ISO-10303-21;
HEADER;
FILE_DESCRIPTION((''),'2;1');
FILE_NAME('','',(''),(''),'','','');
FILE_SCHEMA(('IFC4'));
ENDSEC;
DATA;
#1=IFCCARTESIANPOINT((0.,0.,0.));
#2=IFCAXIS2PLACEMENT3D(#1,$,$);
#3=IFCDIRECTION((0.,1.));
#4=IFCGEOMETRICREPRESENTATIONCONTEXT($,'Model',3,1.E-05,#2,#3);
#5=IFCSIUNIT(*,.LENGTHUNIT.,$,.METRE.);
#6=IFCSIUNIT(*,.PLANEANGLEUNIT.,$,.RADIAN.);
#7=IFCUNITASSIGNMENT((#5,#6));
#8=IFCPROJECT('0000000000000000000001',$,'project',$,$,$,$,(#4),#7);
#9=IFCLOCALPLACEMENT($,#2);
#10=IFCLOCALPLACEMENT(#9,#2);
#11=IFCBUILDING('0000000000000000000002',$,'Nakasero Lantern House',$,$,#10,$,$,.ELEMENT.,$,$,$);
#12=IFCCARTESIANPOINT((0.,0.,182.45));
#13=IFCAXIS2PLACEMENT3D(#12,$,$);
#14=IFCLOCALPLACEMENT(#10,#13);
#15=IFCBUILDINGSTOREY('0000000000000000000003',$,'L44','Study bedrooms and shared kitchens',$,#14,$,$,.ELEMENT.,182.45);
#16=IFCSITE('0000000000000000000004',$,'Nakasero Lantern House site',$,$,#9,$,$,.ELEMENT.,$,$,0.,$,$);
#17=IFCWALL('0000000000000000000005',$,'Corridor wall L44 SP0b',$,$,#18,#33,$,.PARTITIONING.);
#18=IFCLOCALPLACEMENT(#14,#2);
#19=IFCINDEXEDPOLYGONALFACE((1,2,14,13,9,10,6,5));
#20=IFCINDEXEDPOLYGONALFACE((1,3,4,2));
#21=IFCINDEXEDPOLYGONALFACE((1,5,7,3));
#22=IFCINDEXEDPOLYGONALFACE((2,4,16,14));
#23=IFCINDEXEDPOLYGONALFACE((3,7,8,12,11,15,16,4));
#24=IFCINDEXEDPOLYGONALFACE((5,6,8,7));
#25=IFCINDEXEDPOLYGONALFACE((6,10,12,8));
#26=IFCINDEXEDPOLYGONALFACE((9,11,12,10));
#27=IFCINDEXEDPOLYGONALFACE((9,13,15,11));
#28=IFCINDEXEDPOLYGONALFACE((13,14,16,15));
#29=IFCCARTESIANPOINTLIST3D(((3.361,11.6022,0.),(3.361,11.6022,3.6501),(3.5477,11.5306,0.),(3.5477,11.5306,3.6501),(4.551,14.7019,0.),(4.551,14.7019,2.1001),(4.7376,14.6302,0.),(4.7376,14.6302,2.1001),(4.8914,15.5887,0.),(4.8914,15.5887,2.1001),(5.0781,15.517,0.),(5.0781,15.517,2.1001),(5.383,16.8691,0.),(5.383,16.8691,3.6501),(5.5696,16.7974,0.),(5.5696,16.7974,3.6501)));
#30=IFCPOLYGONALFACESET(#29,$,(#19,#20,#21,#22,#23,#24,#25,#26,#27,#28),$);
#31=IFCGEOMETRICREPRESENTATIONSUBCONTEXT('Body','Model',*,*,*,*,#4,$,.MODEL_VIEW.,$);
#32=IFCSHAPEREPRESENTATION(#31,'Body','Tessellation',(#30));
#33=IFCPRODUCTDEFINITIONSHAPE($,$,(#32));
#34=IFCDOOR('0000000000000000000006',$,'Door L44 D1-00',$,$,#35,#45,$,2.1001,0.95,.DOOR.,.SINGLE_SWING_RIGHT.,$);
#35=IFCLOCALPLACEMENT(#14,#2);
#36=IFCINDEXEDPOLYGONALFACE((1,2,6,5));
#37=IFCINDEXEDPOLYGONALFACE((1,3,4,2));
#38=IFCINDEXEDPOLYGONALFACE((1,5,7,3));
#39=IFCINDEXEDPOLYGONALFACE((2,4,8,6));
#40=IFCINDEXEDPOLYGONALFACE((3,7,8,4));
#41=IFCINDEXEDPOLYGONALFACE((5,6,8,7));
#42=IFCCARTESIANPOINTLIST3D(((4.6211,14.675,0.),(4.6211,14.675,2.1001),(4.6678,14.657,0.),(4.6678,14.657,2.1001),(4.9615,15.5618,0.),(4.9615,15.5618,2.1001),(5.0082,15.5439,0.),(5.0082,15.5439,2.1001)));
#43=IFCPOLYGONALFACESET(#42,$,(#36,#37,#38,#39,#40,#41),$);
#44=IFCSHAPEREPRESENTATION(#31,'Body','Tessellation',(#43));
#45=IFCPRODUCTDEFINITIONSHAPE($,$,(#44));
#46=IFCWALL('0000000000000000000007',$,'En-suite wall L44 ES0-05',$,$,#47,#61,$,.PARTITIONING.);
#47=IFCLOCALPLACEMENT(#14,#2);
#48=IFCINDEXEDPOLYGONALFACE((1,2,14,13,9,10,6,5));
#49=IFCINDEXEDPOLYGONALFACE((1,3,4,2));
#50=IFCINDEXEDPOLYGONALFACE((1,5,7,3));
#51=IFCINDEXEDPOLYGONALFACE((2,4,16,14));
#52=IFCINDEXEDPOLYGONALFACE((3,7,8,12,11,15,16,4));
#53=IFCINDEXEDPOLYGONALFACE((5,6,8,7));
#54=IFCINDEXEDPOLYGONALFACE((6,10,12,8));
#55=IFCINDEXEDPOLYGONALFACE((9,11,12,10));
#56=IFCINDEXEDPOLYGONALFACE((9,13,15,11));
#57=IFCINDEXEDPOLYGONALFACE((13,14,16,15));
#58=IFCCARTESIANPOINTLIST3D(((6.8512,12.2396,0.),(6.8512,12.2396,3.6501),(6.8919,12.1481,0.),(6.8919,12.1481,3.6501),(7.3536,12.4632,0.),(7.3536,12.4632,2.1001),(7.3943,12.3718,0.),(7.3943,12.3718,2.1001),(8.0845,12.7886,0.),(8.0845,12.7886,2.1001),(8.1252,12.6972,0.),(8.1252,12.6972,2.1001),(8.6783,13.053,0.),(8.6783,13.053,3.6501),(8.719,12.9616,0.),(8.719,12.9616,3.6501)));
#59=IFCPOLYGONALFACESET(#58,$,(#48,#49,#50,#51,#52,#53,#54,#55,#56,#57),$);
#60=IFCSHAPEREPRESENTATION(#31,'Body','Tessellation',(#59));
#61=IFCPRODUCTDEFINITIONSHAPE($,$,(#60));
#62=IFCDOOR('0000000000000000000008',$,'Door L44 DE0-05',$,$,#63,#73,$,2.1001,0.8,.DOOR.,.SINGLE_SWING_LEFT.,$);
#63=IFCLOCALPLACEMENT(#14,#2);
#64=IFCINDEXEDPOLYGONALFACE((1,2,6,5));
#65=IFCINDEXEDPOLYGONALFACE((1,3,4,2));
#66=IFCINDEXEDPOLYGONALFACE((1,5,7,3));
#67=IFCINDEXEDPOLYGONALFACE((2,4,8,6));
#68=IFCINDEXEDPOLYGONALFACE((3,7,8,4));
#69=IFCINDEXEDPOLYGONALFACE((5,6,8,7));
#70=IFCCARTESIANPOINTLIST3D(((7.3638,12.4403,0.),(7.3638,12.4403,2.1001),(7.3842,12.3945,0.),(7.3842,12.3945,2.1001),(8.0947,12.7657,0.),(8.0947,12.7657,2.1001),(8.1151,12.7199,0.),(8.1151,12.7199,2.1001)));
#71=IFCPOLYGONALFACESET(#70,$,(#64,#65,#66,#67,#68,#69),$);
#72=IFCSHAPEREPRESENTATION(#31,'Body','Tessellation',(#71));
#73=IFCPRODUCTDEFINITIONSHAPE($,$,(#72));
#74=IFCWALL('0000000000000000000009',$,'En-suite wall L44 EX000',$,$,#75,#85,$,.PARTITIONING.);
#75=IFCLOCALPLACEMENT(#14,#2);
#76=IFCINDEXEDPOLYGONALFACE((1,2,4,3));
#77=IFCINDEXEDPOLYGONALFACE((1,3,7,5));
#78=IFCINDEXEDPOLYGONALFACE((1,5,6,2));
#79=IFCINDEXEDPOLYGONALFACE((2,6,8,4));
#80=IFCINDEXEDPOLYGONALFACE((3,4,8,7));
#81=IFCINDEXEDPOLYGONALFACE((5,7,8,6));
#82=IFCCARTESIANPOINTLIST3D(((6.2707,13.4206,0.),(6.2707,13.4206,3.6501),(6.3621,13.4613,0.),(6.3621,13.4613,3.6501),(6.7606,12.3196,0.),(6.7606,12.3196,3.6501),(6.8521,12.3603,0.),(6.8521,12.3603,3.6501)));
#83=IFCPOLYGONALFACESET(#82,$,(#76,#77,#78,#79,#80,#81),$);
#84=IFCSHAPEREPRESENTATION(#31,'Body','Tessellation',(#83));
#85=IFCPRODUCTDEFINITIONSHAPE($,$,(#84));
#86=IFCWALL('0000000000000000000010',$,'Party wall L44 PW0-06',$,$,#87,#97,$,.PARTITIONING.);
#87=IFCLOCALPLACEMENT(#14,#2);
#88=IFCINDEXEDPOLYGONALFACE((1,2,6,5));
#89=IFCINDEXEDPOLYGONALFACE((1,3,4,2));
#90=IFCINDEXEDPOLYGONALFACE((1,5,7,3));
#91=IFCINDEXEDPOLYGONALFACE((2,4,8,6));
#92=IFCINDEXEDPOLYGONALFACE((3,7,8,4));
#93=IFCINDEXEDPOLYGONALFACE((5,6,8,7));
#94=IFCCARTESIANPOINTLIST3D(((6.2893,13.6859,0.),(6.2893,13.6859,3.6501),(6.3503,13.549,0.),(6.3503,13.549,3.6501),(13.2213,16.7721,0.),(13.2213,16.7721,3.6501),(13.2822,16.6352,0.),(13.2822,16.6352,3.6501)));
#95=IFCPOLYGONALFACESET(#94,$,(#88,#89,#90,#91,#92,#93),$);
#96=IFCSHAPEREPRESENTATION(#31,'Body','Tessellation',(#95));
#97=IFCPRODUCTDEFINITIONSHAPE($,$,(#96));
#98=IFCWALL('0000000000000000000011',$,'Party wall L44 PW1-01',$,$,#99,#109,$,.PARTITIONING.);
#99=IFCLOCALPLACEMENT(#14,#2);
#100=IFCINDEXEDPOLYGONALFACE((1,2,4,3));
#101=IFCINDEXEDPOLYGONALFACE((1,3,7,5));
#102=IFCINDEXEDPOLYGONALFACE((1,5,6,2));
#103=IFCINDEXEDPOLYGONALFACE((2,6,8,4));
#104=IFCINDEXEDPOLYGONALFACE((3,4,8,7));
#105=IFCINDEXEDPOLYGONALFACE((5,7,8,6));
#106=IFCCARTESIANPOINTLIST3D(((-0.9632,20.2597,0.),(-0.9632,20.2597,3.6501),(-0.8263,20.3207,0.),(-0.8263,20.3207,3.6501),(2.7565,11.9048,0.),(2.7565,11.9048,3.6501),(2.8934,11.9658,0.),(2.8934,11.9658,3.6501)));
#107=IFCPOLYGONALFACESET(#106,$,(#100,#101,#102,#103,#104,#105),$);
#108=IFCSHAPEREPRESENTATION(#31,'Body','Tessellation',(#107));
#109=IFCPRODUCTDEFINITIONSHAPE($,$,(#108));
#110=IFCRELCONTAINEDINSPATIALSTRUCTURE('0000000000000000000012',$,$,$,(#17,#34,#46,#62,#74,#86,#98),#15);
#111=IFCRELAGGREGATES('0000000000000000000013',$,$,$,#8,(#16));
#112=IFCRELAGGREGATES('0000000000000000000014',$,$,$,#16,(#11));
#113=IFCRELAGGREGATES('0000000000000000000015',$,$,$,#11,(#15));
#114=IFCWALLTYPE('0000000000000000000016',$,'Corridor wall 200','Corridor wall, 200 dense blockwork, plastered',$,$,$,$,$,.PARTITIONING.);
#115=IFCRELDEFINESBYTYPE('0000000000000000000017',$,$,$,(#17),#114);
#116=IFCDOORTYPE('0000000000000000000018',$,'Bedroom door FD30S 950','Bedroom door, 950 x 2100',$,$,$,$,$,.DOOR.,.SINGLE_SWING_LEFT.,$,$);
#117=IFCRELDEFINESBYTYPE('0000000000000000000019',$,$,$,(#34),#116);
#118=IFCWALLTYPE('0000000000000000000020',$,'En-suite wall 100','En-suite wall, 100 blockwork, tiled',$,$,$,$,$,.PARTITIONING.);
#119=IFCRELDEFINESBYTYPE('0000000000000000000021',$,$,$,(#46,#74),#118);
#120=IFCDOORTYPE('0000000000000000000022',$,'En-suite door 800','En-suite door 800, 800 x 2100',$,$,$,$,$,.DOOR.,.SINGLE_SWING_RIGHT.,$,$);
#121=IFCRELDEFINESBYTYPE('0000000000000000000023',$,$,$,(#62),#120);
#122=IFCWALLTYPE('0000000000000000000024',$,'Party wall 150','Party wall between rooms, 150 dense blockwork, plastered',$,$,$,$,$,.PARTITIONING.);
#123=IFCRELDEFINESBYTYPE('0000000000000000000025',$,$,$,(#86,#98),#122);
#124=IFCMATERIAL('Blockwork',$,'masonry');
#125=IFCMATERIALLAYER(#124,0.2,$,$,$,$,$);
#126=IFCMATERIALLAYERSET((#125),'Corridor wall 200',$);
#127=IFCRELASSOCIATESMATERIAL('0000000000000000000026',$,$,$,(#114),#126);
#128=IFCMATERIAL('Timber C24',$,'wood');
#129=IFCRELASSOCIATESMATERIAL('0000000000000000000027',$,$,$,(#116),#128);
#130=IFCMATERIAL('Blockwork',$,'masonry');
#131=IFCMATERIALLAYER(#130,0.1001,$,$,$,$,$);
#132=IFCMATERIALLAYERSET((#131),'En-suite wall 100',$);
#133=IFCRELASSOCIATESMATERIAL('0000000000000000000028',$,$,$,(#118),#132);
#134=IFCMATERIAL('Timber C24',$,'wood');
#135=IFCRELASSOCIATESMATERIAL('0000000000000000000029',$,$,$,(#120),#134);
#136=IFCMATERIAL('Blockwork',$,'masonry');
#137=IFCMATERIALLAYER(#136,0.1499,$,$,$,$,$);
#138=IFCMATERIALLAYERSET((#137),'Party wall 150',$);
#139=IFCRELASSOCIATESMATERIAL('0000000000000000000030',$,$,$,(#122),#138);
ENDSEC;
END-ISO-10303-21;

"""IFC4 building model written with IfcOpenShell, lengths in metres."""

from ifc_helpers import new_model, si_unit, direction, frame, frame_2d, origin, place, context, subcontext, project, spatial, rectangle, extrude, material, layer, layer_set, type_object, element, fill, save


model = new_model("IFC4")

# Units and contexts
model_context = context("Model", 3, precision=1e-05, world=origin(), true_north=direction((0.0, 1.0)))
body_context = subcontext(model_context, "Body", "Model", "MODEL_VIEW")
ifc_project = project(units=[si_unit("LENGTHUNIT", "METRE"), si_unit("PLANEANGLEUNIT", "RADIAN")], contexts=[model_context])

# Site, building, storey
site_placement = place(None, origin())
site = spatial("IfcSite", under=ifc_project, at=site_placement, Name="Nakasero Lantern House site", CompositionType="ELEMENT", RefElevation=0.0)
building_placement = place(site_placement, origin())
building = spatial("IfcBuilding", under=site, at=building_placement, Name="Nakasero Lantern House", CompositionType="ELEMENT")
storey_placement = place(building_placement, frame((0.0, 0.0, 182.45)))
storey = spatial("IfcBuildingStorey", under=building, at=storey_placement, Name="L44", Description="Study bedrooms and shared kitchens", CompositionType="ELEMENT", Elevation=182.45)

# Shared definitions
ifc_material_1 = material(Name="Blockwork", Category="masonry")
ifc_layer_1 = layer(ifc_material_1, 0.2)
ifc_layer_set_1 = layer_set([ifc_layer_1], Name="Corridor wall 200")
wall_type_1 = type_object("IfcWallType", Name="Corridor wall 200", Description="Corridor wall, 200 dense blockwork, plastered", PredefinedType="PARTITIONING", material=ifc_layer_set_1)

# Walls, openings, doors
ifc_material_2 = material(Name="Timber C24", Category="wood")
door_type_1 = type_object("IfcDoorType", Name="Bedroom door FD30S 950", Description="Bedroom door, 950 x 2100", OperationType="SINGLE_SWING_LEFT", PredefinedType="DOOR", material=ifc_material_2)
wall_1_placement = place(storey_placement, frame((3.4543, 11.5664, 0.0), z_axis=(0.0, 0.0, 1.0), x_axis=(0.358402, 0.933567, 0.0)))
wall_1 = element("IfcWall", 1, at=wall_1_placement, inside=storey, type_object=wall_type_1, Name="Corridor wall L44 SP0b", PredefinedType="PARTITIONING", context=body_context, shape_type="SweptSolid", body=[
    extrude(rectangle(XDim=5.6416, YDim=0.2, at=frame_2d((2.8208, 0.0))), origin(), (0.0, 0.0, 1.0), 3.6501),
])
opening_1_placement = place(wall_1_placement, frame((3.3201, 0.0, 0.0)))
opening_1 = element("IfcOpeningElement", 2, at=opening_1_placement, cuts=wall_1, PredefinedType="OPENING", context=body_context, shape_type="SweptSolid", body=[
    extrude(rectangle(XDim=0.95, YDim=2.1001, at=frame_2d((0.4751, 1.05))), frame((0.0, 0.1199, 0.0), z_axis=(0.0, -1.0, 0.0), x_axis=(1.0, 0.0, 0.0)), (0.0, 0.0, 1.0), 0.24),
])
door_1_placement = place(opening_1_placement, origin())
door_1 = element("IfcDoor", 3, at=door_1_placement, inside=storey, type_object=door_type_1, Name="Door L44 D1-00", OperationType="SINGLE_SWING_RIGHT", OverallHeight=2.1001, OverallWidth=0.95, PredefinedType="DOOR", context=body_context, shape_type="SweptSolid", body=[
    extrude(rectangle(XDim=0.95, YDim=2.1001, at=frame_2d((0.4751, 1.05))), frame((0.0, 0.0249, 0.0), z_axis=(0.0, -1.0, 0.0), x_axis=(1.0, 0.0, 0.0)), (0.0, 0.0, 1.0), 0.05),
])
fill(opening_1, door_1)
ifc_material_3 = material(Name="Blockwork", Category="masonry")
ifc_layer_2 = layer(ifc_material_3, 0.1001)
ifc_layer_set_2 = layer_set([ifc_layer_2], Name="En-suite wall 100")
wall_type_2 = type_object("IfcWallType", Name="En-suite wall 100", Description="En-suite wall, 100 blockwork, tiled", PredefinedType="PARTITIONING", material=ifc_layer_set_2)
wall_2_placement = place(storey_placement, frame((6.8716, 12.1938, 0.0), z_axis=(0.0, 0.0, 1.0), x_axis=(0.91355, 0.406727, 0.0)))
wall_2 = element("IfcWall", 4, at=wall_2_placement, inside=storey, type_object=wall_type_2, Name="En-suite wall L44 ES0-05", PredefinedType="PARTITIONING", context=body_context, shape_type="SweptSolid", body=[
    extrude(rectangle(XDim=2.0, YDim=0.1001, at=frame_2d((1.0, 0.0))), origin(), (0.0, 0.0, 1.0), 3.6501),
])
opening_2_placement = place(wall_2_placement, frame((0.55, 0.0, 0.0)))
opening_2 = element("IfcOpeningElement", 5, at=opening_2_placement, cuts=wall_2, PredefinedType="OPENING", context=body_context, shape_type="SweptSolid", body=[
    extrude(rectangle(XDim=0.8, YDim=2.1001, at=frame_2d((0.3999, 1.05))), frame((0.0, 0.0701, 0.0), z_axis=(0.0, -1.0, 0.0), x_axis=(1.0, 0.0, 0.0)), (0.0, 0.0, 1.0), 0.1401),
])
ifc_material_4 = material(Name="Timber C24", Category="wood")
door_type_2 = type_object("IfcDoorType", Name="En-suite door 800", Description="En-suite door 800, 800 x 2100", OperationType="SINGLE_SWING_RIGHT", PredefinedType="DOOR", material=ifc_material_4)
door_2_placement = place(opening_2_placement, origin())
door_2 = element("IfcDoor", 6, at=door_2_placement, inside=storey, type_object=door_type_2, Name="Door L44 DE0-05", OperationType="SINGLE_SWING_LEFT", OverallHeight=2.1001, OverallWidth=0.8, PredefinedType="DOOR", context=body_context, shape_type="SweptSolid", body=[
    extrude(rectangle(XDim=0.8, YDim=2.1001, at=frame_2d((0.3999, 1.05))), frame((0.0, 0.0249, 0.0), z_axis=(0.0, -1.0, 0.0), x_axis=(1.0, 0.0, 0.0)), (0.0, 0.0, 1.0), 0.05),
])
fill(opening_2, door_2)

# Walls
wall_3_placement = place(storey_placement, frame((6.3164, 13.4409, 0.0), z_axis=(0.0, 0.0, 1.0), x_axis=(0.406571, -0.913619, 0.0)))
element("IfcWall", 7, at=wall_3_placement, inside=storey, type_object=wall_type_2, Name="En-suite wall L44 EX000", PredefinedType="PARTITIONING", context=body_context, shape_type="SweptSolid", body=[
    extrude(rectangle(XDim=1.2051, YDim=0.1001, at=frame_2d((0.6025, 0.0))), origin(), (0.0, 0.0, 1.0), 3.6501),
])
ifc_material_5 = material(Name="Blockwork", Category="masonry")
ifc_layer_3 = layer(ifc_material_5, 0.1499)
ifc_layer_set_3 = layer_set([ifc_layer_3], Name="Party wall 150")
wall_type_3 = type_object("IfcWallType", Name="Party wall 150", Description="Party wall between rooms, 150 dense blockwork, plastered", PredefinedType="PARTITIONING", material=ifc_layer_set_3)
wall_4_placement = place(storey_placement, frame((6.3198, 13.6174, 0.0), z_axis=(0.0, 0.0, 1.0), x_axis=(0.91355, 0.406726, 0.0)))
element("IfcWall", 8, at=wall_4_placement, inside=storey, type_object=wall_type_3, Name="Party wall L44 PW0-06", PredefinedType="PARTITIONING", context=body_context, shape_type="SweptSolid", body=[
    extrude(rectangle(XDim=7.5879, YDim=0.1499, at=frame_2d((3.7939, 0.0))), origin(), (0.0, 0.0, 1.0), 3.6501),
])
wall_5_placement = place(storey_placement, frame((2.825, 11.9353, 0.0), z_axis=(0.0, 0.0, 1.0), x_axis=(-0.406723, 0.913552, 0.0)))
element("IfcWall", 9, at=wall_5_placement, inside=storey, type_object=wall_type_3, Name="Party wall L44 PW1-01", PredefinedType="PARTITIONING", context=body_context, shape_type="SweptSolid", body=[
    extrude(rectangle(XDim=9.1455, YDim=0.1499, at=frame_2d((4.5728, 0.0))), origin(), (0.0, 0.0, 1.0), 3.6501),
])

save(model, "model.ifc")
